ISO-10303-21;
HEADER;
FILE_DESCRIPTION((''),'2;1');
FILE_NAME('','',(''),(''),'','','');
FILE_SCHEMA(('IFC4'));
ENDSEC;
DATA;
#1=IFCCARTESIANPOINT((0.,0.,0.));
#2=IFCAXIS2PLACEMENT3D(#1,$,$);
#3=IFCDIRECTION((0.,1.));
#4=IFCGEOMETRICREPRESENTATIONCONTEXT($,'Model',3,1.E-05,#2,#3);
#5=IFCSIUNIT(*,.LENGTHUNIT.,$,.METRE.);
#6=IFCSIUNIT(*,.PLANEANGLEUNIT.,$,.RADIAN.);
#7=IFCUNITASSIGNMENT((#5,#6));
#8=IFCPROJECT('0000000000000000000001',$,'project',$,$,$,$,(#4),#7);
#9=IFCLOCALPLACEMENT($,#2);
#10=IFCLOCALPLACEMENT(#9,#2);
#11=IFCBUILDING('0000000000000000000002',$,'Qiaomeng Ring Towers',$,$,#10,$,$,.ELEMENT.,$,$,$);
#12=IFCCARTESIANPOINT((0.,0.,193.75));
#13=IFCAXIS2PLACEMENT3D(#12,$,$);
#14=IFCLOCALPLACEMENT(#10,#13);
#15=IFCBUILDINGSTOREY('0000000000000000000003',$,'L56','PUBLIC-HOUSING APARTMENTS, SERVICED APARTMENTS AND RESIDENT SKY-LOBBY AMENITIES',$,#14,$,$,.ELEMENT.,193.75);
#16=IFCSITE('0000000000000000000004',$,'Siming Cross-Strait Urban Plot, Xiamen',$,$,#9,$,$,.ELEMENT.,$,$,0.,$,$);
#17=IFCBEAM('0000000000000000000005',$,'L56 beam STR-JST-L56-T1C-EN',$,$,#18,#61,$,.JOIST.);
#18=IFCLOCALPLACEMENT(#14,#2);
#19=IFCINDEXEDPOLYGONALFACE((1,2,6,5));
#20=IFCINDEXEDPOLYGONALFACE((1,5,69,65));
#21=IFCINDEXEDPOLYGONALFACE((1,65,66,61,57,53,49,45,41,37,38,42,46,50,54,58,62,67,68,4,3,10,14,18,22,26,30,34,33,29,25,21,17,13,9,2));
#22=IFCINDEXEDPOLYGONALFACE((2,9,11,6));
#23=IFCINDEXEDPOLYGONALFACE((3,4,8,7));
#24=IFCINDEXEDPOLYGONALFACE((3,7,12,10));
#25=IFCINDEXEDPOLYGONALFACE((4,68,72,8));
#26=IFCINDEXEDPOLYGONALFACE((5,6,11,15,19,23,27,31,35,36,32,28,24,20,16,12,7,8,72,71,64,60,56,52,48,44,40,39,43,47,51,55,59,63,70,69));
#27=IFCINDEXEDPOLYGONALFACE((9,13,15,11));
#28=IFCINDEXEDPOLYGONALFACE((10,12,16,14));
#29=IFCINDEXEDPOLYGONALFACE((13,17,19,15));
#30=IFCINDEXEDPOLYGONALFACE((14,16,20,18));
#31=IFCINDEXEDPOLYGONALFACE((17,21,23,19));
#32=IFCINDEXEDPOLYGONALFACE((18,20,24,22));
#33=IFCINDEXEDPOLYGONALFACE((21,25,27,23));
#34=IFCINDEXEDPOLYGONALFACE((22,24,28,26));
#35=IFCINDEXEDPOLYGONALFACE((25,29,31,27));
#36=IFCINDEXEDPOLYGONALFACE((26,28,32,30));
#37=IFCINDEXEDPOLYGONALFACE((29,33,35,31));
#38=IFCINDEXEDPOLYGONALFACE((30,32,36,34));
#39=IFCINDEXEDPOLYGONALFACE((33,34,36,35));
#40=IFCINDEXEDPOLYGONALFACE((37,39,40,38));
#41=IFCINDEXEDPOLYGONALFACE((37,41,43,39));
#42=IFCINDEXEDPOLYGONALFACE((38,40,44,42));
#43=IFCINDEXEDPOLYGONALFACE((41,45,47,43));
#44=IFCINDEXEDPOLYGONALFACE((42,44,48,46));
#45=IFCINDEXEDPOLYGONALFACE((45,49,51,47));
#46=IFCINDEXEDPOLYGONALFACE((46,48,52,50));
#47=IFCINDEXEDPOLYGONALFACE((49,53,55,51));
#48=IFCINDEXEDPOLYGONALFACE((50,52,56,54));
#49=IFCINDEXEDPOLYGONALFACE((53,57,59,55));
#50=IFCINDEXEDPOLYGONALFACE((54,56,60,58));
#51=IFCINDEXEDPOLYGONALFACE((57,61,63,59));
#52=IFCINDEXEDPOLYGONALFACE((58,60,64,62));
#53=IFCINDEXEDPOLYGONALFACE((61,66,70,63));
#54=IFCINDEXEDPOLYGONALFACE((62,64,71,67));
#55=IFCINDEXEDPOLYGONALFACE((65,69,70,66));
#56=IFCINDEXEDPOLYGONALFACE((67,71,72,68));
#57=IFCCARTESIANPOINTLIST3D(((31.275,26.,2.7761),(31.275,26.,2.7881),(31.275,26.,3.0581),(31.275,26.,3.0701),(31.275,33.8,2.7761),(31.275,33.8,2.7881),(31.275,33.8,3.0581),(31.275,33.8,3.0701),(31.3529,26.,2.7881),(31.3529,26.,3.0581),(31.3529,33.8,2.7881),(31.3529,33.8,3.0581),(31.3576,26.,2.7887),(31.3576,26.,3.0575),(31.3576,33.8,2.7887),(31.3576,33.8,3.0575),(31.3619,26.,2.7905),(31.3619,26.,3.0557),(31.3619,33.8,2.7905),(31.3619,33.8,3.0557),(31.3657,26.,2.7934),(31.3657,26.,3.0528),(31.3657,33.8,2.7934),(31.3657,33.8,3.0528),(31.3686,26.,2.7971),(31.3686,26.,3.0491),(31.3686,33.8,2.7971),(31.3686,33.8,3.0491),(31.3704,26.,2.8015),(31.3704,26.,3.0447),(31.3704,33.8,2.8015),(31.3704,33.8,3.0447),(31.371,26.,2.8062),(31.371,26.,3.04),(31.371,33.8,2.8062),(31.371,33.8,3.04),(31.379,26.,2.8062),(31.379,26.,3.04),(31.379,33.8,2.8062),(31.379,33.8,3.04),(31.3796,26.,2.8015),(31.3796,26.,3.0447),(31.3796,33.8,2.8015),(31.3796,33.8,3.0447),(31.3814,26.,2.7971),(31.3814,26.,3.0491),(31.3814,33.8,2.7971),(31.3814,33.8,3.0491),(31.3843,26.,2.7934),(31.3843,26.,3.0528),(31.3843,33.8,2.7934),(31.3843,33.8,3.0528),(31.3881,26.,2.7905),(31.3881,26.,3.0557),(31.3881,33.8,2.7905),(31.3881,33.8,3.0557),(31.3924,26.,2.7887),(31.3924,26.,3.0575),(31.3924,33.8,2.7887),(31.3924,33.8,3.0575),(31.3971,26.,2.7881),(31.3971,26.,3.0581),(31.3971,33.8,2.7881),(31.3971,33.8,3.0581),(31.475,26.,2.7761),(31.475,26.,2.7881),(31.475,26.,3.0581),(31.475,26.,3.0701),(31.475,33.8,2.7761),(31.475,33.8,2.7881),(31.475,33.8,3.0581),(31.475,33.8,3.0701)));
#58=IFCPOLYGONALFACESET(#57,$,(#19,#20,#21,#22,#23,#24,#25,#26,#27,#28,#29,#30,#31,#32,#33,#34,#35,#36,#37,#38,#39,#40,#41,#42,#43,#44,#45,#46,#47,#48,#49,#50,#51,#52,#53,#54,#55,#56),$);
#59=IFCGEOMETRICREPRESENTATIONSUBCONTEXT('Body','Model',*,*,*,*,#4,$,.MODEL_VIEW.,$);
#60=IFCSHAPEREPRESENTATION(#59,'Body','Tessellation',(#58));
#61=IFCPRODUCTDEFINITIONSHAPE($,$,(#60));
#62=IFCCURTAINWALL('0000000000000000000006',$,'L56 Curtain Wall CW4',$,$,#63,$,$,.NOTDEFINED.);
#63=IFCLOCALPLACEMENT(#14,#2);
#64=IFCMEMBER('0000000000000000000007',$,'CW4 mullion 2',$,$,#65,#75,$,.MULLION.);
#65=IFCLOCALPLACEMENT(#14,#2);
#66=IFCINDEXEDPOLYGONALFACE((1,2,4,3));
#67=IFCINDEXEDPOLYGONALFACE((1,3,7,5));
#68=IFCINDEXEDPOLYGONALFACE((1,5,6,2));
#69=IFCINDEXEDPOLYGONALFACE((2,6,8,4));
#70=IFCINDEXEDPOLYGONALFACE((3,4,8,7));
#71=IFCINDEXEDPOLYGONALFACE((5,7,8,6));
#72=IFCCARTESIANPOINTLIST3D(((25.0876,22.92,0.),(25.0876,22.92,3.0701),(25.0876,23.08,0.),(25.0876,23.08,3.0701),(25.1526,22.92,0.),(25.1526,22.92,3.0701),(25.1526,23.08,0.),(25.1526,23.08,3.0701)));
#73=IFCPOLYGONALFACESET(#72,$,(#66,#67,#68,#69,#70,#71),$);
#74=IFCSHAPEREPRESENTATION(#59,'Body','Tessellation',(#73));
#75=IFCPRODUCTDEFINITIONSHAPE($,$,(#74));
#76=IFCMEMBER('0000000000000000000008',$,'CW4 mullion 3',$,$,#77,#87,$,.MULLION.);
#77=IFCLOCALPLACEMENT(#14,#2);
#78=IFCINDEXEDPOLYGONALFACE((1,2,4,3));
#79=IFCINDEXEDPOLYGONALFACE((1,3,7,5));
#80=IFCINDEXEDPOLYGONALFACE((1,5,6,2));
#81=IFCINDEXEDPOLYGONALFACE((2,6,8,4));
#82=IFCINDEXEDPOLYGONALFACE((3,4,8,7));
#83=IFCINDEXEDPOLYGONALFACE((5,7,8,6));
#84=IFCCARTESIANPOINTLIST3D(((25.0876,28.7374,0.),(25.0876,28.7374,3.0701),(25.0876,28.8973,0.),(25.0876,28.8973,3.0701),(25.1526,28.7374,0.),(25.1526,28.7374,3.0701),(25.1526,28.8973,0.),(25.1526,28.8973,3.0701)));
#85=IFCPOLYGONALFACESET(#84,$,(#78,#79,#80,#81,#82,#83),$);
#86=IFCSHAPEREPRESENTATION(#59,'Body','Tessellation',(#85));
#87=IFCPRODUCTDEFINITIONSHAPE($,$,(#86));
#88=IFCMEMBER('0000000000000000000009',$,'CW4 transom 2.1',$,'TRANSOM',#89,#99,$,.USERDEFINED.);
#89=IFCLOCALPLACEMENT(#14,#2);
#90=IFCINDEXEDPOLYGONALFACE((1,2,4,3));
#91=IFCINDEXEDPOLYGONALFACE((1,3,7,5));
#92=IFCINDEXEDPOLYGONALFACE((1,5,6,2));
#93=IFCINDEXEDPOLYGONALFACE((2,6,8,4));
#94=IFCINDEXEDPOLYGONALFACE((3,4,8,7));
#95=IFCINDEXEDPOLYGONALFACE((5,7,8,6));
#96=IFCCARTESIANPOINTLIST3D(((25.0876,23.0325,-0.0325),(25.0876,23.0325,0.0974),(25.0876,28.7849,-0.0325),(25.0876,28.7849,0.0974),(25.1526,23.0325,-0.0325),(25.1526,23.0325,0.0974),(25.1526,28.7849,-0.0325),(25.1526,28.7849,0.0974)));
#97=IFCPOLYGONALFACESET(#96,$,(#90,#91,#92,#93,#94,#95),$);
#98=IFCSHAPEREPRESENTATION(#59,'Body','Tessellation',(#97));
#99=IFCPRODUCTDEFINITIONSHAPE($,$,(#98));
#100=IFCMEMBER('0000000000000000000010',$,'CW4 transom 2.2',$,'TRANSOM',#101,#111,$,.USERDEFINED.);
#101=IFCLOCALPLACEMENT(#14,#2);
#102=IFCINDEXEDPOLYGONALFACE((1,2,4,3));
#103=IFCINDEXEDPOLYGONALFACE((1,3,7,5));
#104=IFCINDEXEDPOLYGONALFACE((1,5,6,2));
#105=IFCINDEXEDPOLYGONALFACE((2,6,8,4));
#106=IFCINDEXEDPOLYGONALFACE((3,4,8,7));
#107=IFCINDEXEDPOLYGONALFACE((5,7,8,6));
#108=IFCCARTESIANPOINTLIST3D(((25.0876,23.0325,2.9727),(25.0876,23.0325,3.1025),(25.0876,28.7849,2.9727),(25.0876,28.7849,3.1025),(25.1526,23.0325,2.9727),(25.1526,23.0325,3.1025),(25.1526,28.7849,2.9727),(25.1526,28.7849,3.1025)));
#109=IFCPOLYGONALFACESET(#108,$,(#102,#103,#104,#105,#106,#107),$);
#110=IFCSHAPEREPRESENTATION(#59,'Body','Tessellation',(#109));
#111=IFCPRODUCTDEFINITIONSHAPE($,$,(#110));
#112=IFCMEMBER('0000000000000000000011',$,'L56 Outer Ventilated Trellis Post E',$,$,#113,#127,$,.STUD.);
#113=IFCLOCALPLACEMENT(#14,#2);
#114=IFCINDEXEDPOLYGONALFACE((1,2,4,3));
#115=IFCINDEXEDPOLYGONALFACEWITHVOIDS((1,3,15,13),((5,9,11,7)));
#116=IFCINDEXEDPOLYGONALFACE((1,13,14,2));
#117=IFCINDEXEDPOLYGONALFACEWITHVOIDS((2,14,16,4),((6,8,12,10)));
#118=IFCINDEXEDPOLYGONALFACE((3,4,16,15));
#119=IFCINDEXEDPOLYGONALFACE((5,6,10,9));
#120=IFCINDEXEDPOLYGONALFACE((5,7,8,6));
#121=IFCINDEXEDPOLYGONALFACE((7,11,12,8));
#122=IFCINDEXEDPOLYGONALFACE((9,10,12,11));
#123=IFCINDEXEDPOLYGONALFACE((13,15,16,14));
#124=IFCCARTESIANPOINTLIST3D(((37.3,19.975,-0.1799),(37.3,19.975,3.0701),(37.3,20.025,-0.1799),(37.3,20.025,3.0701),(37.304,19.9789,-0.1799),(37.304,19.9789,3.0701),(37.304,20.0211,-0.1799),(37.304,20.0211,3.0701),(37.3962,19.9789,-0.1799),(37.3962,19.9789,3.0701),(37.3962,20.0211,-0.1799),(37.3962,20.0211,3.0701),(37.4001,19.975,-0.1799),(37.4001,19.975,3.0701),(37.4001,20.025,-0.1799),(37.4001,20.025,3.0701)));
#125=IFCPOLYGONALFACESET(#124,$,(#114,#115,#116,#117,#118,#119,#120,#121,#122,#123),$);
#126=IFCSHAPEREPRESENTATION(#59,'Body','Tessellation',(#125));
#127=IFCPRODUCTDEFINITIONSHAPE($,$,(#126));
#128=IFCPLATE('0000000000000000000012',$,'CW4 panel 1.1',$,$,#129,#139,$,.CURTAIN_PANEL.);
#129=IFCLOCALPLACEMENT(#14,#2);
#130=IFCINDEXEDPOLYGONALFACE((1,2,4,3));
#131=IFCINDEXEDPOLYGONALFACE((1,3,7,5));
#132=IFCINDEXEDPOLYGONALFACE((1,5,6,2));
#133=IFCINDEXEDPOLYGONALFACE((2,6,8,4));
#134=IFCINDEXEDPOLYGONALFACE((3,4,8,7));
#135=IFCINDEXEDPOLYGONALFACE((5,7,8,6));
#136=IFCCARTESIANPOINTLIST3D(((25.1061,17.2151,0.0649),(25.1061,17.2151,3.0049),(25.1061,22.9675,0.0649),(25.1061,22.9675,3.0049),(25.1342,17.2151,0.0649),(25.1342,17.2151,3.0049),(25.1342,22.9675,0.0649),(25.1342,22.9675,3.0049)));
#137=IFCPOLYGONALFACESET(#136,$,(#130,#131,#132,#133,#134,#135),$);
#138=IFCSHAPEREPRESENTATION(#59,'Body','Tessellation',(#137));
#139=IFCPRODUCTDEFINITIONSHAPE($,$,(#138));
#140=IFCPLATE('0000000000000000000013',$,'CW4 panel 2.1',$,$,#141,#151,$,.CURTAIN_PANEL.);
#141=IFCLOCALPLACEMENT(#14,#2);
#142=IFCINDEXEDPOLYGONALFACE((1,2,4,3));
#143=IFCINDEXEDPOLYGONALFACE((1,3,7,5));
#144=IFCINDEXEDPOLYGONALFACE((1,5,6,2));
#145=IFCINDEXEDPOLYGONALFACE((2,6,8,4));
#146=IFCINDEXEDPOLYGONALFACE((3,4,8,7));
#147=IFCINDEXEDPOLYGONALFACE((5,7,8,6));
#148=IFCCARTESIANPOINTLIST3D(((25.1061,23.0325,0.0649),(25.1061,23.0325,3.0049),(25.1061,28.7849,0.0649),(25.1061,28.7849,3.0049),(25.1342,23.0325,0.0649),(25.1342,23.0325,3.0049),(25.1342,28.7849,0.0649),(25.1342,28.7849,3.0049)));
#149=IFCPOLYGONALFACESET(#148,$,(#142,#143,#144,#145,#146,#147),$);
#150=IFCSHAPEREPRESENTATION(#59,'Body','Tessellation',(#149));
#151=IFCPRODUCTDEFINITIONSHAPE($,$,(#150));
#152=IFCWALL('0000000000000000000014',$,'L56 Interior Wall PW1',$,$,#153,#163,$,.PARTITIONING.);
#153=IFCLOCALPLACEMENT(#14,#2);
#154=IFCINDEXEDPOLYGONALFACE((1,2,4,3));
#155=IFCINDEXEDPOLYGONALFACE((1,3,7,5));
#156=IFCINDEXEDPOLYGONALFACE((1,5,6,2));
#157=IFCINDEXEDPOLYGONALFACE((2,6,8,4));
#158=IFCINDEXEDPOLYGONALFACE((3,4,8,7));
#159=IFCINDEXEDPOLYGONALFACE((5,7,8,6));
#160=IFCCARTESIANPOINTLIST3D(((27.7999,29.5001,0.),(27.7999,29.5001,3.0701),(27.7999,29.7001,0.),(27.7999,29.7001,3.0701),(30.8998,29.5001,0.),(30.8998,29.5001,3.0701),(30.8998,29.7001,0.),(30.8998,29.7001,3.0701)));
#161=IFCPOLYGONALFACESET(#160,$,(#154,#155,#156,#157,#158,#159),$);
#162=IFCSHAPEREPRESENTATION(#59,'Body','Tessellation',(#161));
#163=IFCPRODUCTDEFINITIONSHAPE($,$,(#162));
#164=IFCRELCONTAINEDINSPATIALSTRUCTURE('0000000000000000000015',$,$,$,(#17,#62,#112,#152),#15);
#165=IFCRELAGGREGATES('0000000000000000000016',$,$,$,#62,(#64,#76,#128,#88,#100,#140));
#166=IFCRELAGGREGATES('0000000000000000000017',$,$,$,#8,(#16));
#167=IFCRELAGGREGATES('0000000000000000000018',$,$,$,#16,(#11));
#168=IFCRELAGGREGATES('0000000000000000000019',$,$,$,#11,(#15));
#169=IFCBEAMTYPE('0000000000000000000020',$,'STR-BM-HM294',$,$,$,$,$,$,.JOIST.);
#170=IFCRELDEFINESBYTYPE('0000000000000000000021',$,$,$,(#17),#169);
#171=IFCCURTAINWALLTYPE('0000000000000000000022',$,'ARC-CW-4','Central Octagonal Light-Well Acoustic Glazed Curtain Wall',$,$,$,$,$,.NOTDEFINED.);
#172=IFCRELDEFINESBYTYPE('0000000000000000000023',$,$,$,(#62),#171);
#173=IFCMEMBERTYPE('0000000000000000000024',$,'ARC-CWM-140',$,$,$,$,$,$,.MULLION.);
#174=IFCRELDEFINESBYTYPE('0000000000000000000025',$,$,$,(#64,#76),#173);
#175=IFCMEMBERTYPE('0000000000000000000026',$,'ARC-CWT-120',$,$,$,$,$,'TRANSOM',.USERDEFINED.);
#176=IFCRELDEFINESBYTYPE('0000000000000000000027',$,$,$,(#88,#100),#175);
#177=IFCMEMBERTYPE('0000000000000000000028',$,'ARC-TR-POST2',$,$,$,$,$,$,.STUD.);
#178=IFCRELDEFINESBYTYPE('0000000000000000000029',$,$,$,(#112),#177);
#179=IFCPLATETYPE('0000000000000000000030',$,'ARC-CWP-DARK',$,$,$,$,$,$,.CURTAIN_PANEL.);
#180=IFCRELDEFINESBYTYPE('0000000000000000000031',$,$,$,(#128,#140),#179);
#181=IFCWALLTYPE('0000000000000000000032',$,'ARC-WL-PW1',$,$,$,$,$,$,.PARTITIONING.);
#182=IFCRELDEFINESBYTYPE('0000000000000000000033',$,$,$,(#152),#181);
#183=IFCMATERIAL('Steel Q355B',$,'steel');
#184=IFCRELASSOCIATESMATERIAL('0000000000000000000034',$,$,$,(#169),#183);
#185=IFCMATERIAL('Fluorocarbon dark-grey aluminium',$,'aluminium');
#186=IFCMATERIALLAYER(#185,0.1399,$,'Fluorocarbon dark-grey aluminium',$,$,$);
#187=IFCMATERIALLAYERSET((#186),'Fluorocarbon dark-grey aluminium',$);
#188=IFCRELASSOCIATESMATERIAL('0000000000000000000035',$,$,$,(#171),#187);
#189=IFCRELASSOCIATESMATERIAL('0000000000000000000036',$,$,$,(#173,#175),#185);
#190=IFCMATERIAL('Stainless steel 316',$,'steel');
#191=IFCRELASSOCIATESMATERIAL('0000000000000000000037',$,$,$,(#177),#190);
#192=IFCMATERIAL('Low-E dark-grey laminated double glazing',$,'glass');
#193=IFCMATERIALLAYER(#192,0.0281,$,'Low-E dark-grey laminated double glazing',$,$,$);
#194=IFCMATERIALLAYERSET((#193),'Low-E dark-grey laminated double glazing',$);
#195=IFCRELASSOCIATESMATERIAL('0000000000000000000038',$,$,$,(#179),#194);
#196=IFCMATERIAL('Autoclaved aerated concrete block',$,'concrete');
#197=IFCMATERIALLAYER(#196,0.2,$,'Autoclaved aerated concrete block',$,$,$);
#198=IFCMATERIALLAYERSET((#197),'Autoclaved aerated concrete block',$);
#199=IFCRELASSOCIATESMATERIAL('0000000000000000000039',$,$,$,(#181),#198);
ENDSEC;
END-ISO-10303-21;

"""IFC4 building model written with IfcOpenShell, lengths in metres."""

from ifc_helpers import new_model, si_unit, direction, frame, frame_2d, origin, origin_2d, place, context, subcontext, project, spatial, rectangle, hollow_rectangle, i_section, extrude, source, transform, mapped, material, layer, layer_set, material_profile, profile_set, type_object, element, aggregate, save


model = new_model("IFC4")

# Units and contexts
model_context = context("Model", 3, precision=1e-05, world=origin(), true_north=direction((0.0, 1.0)))
body_context = subcontext(model_context, "Body", "Model", "MODEL_VIEW")
ifc_project = project(units=[si_unit("LENGTHUNIT", "METRE"), si_unit("PLANEANGLEUNIT", "RADIAN")], contexts=[model_context])

# Site, building, storey
site_placement = place(None, origin())
site = spatial("IfcSite", under=ifc_project, at=site_placement, Name="Siming Cross-Strait Urban Plot, Xiamen", CompositionType="ELEMENT", RefElevation=0.0)
building_placement = place(site_placement, origin())
building = spatial("IfcBuilding", under=site, at=building_placement, Name="Qiaomeng Ring Towers", CompositionType="ELEMENT")
storey_placement = place(building_placement, frame((0.0, 0.0, 193.75)))
storey = spatial("IfcBuildingStorey", under=building, at=storey_placement, Name="L56", Description="PUBLIC-HOUSING APARTMENTS, SERVICED APARTMENTS AND RESIDENT SKY-LOBBY AMENITIES", CompositionType="ELEMENT", Elevation=193.75)

# Beam
ifc_material_1 = material(Name="Steel Q355B", Category="steel")
ifc_material_profile_1 = material_profile(ifc_material_1, i_section(OverallWidth=0.2, OverallDepth=0.2939, WebThickness=0.0081, FlangeThickness=0.012, FilletRadius=0.0181, at=origin_2d()), Name="HM 294x200x8x12")
ifc_profile_set_1 = profile_set([ifc_material_profile_1], Name="Steel Q355B")
beam_type_1 = type_object("IfcBeamType", Name="STR-BM-HM294", PredefinedType="JOIST", material=ifc_profile_set_1)
shared_shape_1 = source(origin(), body_context, "Body", "SweptSolid", [
    extrude(i_section(OverallWidth=0.2, OverallDepth=0.2939, WebThickness=0.0081, FlangeThickness=0.012, FilletRadius=0.0181, at=origin_2d()), origin(), (0.0, 0.0, 1.0), 7.8),
])
beam_1_placement = place(storey_placement, frame((31.375, 26.0, 2.9231), z_axis=(0.0, 1.0, 0.0), x_axis=(-1.0, 0.0, 0.0)))
element("IfcBeam", 1, at=beam_1_placement, inside=storey, type_object=beam_type_1, Name="L56 beam STR-JST-L56-T1C-EN", PredefinedType="JOIST", context=body_context, shape_type="MappedRepresentation", body=[
    mapped(shared_shape_1, transform((0.0, 0.0, 0.0), x_axis=(1.0, 0.0, 0.0), y_axis=(0.0, 1.0, 0.0), z_axis=(0.0, 0.0, 1.0), scale=1.0)),
])

# Curtain wall, members
ifc_material_2 = material(Name="Fluorocarbon dark-grey aluminium", Category="aluminium")
ifc_layer_1 = layer(ifc_material_2, 0.1399, Name="Fluorocarbon dark-grey aluminium")
ifc_layer_set_1 = layer_set([ifc_layer_1], Name="Fluorocarbon dark-grey aluminium")
curtain_wall_type = type_object("IfcCurtainWallType", Name="ARC-CW-4", Description="Central Octagonal Light-Well Acoustic Glazed Curtain Wall", PredefinedType="NOTDEFINED", material=ifc_layer_set_1)
curtain_wall_placement = place(storey_placement, origin())
curtain_wall = element("IfcCurtainWall", 2, at=curtain_wall_placement, inside=storey, type_object=curtain_wall_type, Name="L56 Curtain Wall CW4", PredefinedType="NOTDEFINED")
ifc_material_profile_2 = material_profile(ifc_material_2, rectangle(XDim=0.0649, YDim=0.1599, at=origin_2d()), Name="ALU MULL 65x160")
ifc_profile_set_2 = profile_set([ifc_material_profile_2], Name="Fluorocarbon dark-grey aluminium")
member_type_1 = type_object("IfcMemberType", Name="ARC-CWM-140", PredefinedType="MULLION", material=ifc_profile_set_2)
shared_shape_2 = source(origin(), body_context, "Body", "SweptSolid", [
    extrude(rectangle(XDim=0.0649, YDim=0.1599, at=origin_2d()), origin(), (0.0, 0.0, 1.0), 3.0701),
])
member_1_placement = place(storey_placement, frame((25.1201, 23.0, 0.0), z_axis=(0.0, 0.0, 1.0), x_axis=(-1.0, 0.0, 0.0)))
member_1 = element("IfcMember", 3, at=member_1_placement, type_object=member_type_1, Name="CW4 mullion 2", PredefinedType="MULLION", context=body_context, shape_type="MappedRepresentation", body=[
    mapped(shared_shape_2, transform((0.0, 0.0, 0.0), x_axis=(1.0, 0.0, 0.0), y_axis=(0.0, 1.0, 0.0), z_axis=(0.0, 0.0, 1.0), scale=1.0)),
])
member_2_placement = place(storey_placement, frame((25.1201, 28.8174, 0.0), z_axis=(0.0, 0.0, 1.0), x_axis=(-1.0, 0.0, 0.0)))
member_2 = element("IfcMember", 4, at=member_2_placement, type_object=member_type_1, Name="CW4 mullion 3", PredefinedType="MULLION", context=body_context, shape_type="MappedRepresentation", body=[
    mapped(shared_shape_2, transform((0.0, 0.0, 0.0), x_axis=(1.0, 0.0, 0.0), y_axis=(0.0, 1.0, 0.0), z_axis=(0.0, 0.0, 1.0), scale=1.0)),
])
ifc_material_profile_3 = material_profile(ifc_material_2, rectangle(XDim=0.0649, YDim=0.1299, at=origin_2d()), Name="ALU TRAN 65x130")
ifc_profile_set_3 = profile_set([ifc_material_profile_3], Name="Fluorocarbon dark-grey aluminium")
member_type_2 = type_object("IfcMemberType", Name="ARC-CWT-120", ElementType="TRANSOM", PredefinedType="USERDEFINED", material=ifc_profile_set_3)
shared_shape_3 = source(origin(), body_context, "Body", "SweptSolid", [
    extrude(rectangle(XDim=0.0649, YDim=0.1299, at=origin_2d()), origin(), (0.0, 0.0, 1.0), 5.7524),
])
member_3_placement = place(storey_placement, frame((25.1201, 23.0325, 0.0325), z_axis=(0.0, 1.0, 0.0), x_axis=(-1.0, 0.0, 0.0)))
member_3 = element("IfcMember", 5, at=member_3_placement, type_object=member_type_2, Name="CW4 transom 2.1", ObjectType="TRANSOM", PredefinedType="USERDEFINED", context=body_context, shape_type="MappedRepresentation", body=[
    mapped(shared_shape_3, transform((0.0, 0.0, 0.0), x_axis=(1.0, 0.0, 0.0), y_axis=(0.0, 1.0, 0.0), z_axis=(0.0, 0.0, 1.0), scale=1.0)),
])
member_4_placement = place(storey_placement, frame((25.1201, 23.0325, 3.0376), z_axis=(0.0, 1.0, 0.0), x_axis=(-1.0, 0.0, 0.0)))
member_4 = element("IfcMember", 6, at=member_4_placement, type_object=member_type_2, Name="CW4 transom 2.2", ObjectType="TRANSOM", PredefinedType="USERDEFINED", context=body_context, shape_type="MappedRepresentation", body=[
    mapped(shared_shape_3, transform((0.0, 0.0, 0.0), x_axis=(1.0, 0.0, 0.0), y_axis=(0.0, 1.0, 0.0), z_axis=(0.0, 0.0, 1.0), scale=1.0)),
])

# Member
ifc_material_3 = material(Name="Stainless steel 316", Category="steel")
ifc_material_profile_4 = material_profile(ifc_material_3, hollow_rectangle(XDim=0.05, YDim=0.1001, WallThickness=0.0039, at=origin_2d()), Name="SS TRELLIS 100x50")
ifc_profile_set_4 = profile_set([ifc_material_profile_4], Name="Stainless steel 316")
member_type_3 = type_object("IfcMemberType", Name="ARC-TR-POST2", PredefinedType="STUD", material=ifc_profile_set_4)
shared_shape_4 = source(origin(), body_context, "Body", "SweptSolid", [
    extrude(hollow_rectangle(XDim=0.05, YDim=0.1001, WallThickness=0.0039, at=origin_2d()), origin(), (0.0, 0.0, 1.0), 3.25),
])
member_5_placement = place(storey_placement, frame((37.3501, 20.0, -0.1799), z_axis=(0.0, 0.0, 1.0), x_axis=(0.0, 1.0, 0.0)))
element("IfcMember", 7, at=member_5_placement, inside=storey, type_object=member_type_3, Name="L56 Outer Ventilated Trellis Post E", PredefinedType="STUD", context=body_context, shape_type="MappedRepresentation", body=[
    mapped(shared_shape_4, transform((0.0, 0.0, 0.0), x_axis=(1.0, 0.0, 0.0), y_axis=(0.0, 1.0, 0.0), z_axis=(0.0, 0.0, 1.0), scale=1.0)),
])

# Plates
ifc_material_4 = material(Name="Low-E dark-grey laminated double glazing", Category="glass")
ifc_layer_2 = layer(ifc_material_4, 0.0281, Name="Low-E dark-grey laminated double glazing")
ifc_layer_set_2 = layer_set([ifc_layer_2], Name="Low-E dark-grey laminated double glazing")
plate_type = type_object("IfcPlateType", Name="ARC-CWP-DARK", PredefinedType="CURTAIN_PANEL", material=ifc_layer_set_2)
shared_shape_5 = source(origin(), body_context, "Body", "SweptSolid", [
    extrude(rectangle(XDim=5.7524, YDim=0.0281, at=origin_2d()), origin(), (0.0, 0.0, 1.0), 2.9399),
])
plate_1_placement = place(storey_placement, frame((25.1201, 20.0913, 0.0649), z_axis=(0.0, 0.0, 1.0), x_axis=(0.0, 1.0, 0.0)))
plate_1 = element("IfcPlate", 8, at=plate_1_placement, type_object=plate_type, Name="CW4 panel 1.1", PredefinedType="CURTAIN_PANEL", context=body_context, shape_type="MappedRepresentation", body=[
    mapped(shared_shape_5, transform((0.0, 0.0, 0.0), x_axis=(1.0, 0.0, 0.0), y_axis=(0.0, 1.0, 0.0), z_axis=(0.0, 0.0, 1.0), scale=1.0)),
])
plate_2_placement = place(storey_placement, frame((25.1201, 25.9087, 0.0649), z_axis=(0.0, 0.0, 1.0), x_axis=(0.0, 1.0, 0.0)))
plate_2 = element("IfcPlate", 9, at=plate_2_placement, type_object=plate_type, Name="CW4 panel 2.1", PredefinedType="CURTAIN_PANEL", context=body_context, shape_type="MappedRepresentation", body=[
    mapped(shared_shape_5, transform((0.0, 0.0, 0.0), x_axis=(1.0, 0.0, 0.0), y_axis=(0.0, 1.0, 0.0), z_axis=(0.0, 0.0, 1.0), scale=1.0)),
])
aggregate(curtain_wall, [member_1, member_2, plate_1, member_3, member_4, plate_2])

# Wall
ifc_material_5 = material(Name="Autoclaved aerated concrete block", Category="concrete")
ifc_layer_3 = layer(ifc_material_5, 0.2, Name="Autoclaved aerated concrete block")
ifc_layer_set_3 = layer_set([ifc_layer_3], Name="Autoclaved aerated concrete block")
wall_type_1 = type_object("IfcWallType", Name="ARC-WL-PW1", PredefinedType="PARTITIONING", material=ifc_layer_set_3)
wall_1_placement = place(storey_placement, frame((27.8, 29.6001, 0.0), z_axis=(0.0, 0.0, 1.0), x_axis=(1.0, 0.0, 0.0)))
element("IfcWall", 10, at=wall_1_placement, inside=storey, type_object=wall_type_1, Name="L56 Interior Wall PW1", PredefinedType="PARTITIONING", context=body_context, shape_type="SweptSolid", body=[
    extrude(rectangle(XDim=3.0999, YDim=0.2, at=frame_2d((1.5498, 0.0))), origin(), (0.0, 0.0, 1.0), 3.0701),
])

save(model, "model.ifc")
